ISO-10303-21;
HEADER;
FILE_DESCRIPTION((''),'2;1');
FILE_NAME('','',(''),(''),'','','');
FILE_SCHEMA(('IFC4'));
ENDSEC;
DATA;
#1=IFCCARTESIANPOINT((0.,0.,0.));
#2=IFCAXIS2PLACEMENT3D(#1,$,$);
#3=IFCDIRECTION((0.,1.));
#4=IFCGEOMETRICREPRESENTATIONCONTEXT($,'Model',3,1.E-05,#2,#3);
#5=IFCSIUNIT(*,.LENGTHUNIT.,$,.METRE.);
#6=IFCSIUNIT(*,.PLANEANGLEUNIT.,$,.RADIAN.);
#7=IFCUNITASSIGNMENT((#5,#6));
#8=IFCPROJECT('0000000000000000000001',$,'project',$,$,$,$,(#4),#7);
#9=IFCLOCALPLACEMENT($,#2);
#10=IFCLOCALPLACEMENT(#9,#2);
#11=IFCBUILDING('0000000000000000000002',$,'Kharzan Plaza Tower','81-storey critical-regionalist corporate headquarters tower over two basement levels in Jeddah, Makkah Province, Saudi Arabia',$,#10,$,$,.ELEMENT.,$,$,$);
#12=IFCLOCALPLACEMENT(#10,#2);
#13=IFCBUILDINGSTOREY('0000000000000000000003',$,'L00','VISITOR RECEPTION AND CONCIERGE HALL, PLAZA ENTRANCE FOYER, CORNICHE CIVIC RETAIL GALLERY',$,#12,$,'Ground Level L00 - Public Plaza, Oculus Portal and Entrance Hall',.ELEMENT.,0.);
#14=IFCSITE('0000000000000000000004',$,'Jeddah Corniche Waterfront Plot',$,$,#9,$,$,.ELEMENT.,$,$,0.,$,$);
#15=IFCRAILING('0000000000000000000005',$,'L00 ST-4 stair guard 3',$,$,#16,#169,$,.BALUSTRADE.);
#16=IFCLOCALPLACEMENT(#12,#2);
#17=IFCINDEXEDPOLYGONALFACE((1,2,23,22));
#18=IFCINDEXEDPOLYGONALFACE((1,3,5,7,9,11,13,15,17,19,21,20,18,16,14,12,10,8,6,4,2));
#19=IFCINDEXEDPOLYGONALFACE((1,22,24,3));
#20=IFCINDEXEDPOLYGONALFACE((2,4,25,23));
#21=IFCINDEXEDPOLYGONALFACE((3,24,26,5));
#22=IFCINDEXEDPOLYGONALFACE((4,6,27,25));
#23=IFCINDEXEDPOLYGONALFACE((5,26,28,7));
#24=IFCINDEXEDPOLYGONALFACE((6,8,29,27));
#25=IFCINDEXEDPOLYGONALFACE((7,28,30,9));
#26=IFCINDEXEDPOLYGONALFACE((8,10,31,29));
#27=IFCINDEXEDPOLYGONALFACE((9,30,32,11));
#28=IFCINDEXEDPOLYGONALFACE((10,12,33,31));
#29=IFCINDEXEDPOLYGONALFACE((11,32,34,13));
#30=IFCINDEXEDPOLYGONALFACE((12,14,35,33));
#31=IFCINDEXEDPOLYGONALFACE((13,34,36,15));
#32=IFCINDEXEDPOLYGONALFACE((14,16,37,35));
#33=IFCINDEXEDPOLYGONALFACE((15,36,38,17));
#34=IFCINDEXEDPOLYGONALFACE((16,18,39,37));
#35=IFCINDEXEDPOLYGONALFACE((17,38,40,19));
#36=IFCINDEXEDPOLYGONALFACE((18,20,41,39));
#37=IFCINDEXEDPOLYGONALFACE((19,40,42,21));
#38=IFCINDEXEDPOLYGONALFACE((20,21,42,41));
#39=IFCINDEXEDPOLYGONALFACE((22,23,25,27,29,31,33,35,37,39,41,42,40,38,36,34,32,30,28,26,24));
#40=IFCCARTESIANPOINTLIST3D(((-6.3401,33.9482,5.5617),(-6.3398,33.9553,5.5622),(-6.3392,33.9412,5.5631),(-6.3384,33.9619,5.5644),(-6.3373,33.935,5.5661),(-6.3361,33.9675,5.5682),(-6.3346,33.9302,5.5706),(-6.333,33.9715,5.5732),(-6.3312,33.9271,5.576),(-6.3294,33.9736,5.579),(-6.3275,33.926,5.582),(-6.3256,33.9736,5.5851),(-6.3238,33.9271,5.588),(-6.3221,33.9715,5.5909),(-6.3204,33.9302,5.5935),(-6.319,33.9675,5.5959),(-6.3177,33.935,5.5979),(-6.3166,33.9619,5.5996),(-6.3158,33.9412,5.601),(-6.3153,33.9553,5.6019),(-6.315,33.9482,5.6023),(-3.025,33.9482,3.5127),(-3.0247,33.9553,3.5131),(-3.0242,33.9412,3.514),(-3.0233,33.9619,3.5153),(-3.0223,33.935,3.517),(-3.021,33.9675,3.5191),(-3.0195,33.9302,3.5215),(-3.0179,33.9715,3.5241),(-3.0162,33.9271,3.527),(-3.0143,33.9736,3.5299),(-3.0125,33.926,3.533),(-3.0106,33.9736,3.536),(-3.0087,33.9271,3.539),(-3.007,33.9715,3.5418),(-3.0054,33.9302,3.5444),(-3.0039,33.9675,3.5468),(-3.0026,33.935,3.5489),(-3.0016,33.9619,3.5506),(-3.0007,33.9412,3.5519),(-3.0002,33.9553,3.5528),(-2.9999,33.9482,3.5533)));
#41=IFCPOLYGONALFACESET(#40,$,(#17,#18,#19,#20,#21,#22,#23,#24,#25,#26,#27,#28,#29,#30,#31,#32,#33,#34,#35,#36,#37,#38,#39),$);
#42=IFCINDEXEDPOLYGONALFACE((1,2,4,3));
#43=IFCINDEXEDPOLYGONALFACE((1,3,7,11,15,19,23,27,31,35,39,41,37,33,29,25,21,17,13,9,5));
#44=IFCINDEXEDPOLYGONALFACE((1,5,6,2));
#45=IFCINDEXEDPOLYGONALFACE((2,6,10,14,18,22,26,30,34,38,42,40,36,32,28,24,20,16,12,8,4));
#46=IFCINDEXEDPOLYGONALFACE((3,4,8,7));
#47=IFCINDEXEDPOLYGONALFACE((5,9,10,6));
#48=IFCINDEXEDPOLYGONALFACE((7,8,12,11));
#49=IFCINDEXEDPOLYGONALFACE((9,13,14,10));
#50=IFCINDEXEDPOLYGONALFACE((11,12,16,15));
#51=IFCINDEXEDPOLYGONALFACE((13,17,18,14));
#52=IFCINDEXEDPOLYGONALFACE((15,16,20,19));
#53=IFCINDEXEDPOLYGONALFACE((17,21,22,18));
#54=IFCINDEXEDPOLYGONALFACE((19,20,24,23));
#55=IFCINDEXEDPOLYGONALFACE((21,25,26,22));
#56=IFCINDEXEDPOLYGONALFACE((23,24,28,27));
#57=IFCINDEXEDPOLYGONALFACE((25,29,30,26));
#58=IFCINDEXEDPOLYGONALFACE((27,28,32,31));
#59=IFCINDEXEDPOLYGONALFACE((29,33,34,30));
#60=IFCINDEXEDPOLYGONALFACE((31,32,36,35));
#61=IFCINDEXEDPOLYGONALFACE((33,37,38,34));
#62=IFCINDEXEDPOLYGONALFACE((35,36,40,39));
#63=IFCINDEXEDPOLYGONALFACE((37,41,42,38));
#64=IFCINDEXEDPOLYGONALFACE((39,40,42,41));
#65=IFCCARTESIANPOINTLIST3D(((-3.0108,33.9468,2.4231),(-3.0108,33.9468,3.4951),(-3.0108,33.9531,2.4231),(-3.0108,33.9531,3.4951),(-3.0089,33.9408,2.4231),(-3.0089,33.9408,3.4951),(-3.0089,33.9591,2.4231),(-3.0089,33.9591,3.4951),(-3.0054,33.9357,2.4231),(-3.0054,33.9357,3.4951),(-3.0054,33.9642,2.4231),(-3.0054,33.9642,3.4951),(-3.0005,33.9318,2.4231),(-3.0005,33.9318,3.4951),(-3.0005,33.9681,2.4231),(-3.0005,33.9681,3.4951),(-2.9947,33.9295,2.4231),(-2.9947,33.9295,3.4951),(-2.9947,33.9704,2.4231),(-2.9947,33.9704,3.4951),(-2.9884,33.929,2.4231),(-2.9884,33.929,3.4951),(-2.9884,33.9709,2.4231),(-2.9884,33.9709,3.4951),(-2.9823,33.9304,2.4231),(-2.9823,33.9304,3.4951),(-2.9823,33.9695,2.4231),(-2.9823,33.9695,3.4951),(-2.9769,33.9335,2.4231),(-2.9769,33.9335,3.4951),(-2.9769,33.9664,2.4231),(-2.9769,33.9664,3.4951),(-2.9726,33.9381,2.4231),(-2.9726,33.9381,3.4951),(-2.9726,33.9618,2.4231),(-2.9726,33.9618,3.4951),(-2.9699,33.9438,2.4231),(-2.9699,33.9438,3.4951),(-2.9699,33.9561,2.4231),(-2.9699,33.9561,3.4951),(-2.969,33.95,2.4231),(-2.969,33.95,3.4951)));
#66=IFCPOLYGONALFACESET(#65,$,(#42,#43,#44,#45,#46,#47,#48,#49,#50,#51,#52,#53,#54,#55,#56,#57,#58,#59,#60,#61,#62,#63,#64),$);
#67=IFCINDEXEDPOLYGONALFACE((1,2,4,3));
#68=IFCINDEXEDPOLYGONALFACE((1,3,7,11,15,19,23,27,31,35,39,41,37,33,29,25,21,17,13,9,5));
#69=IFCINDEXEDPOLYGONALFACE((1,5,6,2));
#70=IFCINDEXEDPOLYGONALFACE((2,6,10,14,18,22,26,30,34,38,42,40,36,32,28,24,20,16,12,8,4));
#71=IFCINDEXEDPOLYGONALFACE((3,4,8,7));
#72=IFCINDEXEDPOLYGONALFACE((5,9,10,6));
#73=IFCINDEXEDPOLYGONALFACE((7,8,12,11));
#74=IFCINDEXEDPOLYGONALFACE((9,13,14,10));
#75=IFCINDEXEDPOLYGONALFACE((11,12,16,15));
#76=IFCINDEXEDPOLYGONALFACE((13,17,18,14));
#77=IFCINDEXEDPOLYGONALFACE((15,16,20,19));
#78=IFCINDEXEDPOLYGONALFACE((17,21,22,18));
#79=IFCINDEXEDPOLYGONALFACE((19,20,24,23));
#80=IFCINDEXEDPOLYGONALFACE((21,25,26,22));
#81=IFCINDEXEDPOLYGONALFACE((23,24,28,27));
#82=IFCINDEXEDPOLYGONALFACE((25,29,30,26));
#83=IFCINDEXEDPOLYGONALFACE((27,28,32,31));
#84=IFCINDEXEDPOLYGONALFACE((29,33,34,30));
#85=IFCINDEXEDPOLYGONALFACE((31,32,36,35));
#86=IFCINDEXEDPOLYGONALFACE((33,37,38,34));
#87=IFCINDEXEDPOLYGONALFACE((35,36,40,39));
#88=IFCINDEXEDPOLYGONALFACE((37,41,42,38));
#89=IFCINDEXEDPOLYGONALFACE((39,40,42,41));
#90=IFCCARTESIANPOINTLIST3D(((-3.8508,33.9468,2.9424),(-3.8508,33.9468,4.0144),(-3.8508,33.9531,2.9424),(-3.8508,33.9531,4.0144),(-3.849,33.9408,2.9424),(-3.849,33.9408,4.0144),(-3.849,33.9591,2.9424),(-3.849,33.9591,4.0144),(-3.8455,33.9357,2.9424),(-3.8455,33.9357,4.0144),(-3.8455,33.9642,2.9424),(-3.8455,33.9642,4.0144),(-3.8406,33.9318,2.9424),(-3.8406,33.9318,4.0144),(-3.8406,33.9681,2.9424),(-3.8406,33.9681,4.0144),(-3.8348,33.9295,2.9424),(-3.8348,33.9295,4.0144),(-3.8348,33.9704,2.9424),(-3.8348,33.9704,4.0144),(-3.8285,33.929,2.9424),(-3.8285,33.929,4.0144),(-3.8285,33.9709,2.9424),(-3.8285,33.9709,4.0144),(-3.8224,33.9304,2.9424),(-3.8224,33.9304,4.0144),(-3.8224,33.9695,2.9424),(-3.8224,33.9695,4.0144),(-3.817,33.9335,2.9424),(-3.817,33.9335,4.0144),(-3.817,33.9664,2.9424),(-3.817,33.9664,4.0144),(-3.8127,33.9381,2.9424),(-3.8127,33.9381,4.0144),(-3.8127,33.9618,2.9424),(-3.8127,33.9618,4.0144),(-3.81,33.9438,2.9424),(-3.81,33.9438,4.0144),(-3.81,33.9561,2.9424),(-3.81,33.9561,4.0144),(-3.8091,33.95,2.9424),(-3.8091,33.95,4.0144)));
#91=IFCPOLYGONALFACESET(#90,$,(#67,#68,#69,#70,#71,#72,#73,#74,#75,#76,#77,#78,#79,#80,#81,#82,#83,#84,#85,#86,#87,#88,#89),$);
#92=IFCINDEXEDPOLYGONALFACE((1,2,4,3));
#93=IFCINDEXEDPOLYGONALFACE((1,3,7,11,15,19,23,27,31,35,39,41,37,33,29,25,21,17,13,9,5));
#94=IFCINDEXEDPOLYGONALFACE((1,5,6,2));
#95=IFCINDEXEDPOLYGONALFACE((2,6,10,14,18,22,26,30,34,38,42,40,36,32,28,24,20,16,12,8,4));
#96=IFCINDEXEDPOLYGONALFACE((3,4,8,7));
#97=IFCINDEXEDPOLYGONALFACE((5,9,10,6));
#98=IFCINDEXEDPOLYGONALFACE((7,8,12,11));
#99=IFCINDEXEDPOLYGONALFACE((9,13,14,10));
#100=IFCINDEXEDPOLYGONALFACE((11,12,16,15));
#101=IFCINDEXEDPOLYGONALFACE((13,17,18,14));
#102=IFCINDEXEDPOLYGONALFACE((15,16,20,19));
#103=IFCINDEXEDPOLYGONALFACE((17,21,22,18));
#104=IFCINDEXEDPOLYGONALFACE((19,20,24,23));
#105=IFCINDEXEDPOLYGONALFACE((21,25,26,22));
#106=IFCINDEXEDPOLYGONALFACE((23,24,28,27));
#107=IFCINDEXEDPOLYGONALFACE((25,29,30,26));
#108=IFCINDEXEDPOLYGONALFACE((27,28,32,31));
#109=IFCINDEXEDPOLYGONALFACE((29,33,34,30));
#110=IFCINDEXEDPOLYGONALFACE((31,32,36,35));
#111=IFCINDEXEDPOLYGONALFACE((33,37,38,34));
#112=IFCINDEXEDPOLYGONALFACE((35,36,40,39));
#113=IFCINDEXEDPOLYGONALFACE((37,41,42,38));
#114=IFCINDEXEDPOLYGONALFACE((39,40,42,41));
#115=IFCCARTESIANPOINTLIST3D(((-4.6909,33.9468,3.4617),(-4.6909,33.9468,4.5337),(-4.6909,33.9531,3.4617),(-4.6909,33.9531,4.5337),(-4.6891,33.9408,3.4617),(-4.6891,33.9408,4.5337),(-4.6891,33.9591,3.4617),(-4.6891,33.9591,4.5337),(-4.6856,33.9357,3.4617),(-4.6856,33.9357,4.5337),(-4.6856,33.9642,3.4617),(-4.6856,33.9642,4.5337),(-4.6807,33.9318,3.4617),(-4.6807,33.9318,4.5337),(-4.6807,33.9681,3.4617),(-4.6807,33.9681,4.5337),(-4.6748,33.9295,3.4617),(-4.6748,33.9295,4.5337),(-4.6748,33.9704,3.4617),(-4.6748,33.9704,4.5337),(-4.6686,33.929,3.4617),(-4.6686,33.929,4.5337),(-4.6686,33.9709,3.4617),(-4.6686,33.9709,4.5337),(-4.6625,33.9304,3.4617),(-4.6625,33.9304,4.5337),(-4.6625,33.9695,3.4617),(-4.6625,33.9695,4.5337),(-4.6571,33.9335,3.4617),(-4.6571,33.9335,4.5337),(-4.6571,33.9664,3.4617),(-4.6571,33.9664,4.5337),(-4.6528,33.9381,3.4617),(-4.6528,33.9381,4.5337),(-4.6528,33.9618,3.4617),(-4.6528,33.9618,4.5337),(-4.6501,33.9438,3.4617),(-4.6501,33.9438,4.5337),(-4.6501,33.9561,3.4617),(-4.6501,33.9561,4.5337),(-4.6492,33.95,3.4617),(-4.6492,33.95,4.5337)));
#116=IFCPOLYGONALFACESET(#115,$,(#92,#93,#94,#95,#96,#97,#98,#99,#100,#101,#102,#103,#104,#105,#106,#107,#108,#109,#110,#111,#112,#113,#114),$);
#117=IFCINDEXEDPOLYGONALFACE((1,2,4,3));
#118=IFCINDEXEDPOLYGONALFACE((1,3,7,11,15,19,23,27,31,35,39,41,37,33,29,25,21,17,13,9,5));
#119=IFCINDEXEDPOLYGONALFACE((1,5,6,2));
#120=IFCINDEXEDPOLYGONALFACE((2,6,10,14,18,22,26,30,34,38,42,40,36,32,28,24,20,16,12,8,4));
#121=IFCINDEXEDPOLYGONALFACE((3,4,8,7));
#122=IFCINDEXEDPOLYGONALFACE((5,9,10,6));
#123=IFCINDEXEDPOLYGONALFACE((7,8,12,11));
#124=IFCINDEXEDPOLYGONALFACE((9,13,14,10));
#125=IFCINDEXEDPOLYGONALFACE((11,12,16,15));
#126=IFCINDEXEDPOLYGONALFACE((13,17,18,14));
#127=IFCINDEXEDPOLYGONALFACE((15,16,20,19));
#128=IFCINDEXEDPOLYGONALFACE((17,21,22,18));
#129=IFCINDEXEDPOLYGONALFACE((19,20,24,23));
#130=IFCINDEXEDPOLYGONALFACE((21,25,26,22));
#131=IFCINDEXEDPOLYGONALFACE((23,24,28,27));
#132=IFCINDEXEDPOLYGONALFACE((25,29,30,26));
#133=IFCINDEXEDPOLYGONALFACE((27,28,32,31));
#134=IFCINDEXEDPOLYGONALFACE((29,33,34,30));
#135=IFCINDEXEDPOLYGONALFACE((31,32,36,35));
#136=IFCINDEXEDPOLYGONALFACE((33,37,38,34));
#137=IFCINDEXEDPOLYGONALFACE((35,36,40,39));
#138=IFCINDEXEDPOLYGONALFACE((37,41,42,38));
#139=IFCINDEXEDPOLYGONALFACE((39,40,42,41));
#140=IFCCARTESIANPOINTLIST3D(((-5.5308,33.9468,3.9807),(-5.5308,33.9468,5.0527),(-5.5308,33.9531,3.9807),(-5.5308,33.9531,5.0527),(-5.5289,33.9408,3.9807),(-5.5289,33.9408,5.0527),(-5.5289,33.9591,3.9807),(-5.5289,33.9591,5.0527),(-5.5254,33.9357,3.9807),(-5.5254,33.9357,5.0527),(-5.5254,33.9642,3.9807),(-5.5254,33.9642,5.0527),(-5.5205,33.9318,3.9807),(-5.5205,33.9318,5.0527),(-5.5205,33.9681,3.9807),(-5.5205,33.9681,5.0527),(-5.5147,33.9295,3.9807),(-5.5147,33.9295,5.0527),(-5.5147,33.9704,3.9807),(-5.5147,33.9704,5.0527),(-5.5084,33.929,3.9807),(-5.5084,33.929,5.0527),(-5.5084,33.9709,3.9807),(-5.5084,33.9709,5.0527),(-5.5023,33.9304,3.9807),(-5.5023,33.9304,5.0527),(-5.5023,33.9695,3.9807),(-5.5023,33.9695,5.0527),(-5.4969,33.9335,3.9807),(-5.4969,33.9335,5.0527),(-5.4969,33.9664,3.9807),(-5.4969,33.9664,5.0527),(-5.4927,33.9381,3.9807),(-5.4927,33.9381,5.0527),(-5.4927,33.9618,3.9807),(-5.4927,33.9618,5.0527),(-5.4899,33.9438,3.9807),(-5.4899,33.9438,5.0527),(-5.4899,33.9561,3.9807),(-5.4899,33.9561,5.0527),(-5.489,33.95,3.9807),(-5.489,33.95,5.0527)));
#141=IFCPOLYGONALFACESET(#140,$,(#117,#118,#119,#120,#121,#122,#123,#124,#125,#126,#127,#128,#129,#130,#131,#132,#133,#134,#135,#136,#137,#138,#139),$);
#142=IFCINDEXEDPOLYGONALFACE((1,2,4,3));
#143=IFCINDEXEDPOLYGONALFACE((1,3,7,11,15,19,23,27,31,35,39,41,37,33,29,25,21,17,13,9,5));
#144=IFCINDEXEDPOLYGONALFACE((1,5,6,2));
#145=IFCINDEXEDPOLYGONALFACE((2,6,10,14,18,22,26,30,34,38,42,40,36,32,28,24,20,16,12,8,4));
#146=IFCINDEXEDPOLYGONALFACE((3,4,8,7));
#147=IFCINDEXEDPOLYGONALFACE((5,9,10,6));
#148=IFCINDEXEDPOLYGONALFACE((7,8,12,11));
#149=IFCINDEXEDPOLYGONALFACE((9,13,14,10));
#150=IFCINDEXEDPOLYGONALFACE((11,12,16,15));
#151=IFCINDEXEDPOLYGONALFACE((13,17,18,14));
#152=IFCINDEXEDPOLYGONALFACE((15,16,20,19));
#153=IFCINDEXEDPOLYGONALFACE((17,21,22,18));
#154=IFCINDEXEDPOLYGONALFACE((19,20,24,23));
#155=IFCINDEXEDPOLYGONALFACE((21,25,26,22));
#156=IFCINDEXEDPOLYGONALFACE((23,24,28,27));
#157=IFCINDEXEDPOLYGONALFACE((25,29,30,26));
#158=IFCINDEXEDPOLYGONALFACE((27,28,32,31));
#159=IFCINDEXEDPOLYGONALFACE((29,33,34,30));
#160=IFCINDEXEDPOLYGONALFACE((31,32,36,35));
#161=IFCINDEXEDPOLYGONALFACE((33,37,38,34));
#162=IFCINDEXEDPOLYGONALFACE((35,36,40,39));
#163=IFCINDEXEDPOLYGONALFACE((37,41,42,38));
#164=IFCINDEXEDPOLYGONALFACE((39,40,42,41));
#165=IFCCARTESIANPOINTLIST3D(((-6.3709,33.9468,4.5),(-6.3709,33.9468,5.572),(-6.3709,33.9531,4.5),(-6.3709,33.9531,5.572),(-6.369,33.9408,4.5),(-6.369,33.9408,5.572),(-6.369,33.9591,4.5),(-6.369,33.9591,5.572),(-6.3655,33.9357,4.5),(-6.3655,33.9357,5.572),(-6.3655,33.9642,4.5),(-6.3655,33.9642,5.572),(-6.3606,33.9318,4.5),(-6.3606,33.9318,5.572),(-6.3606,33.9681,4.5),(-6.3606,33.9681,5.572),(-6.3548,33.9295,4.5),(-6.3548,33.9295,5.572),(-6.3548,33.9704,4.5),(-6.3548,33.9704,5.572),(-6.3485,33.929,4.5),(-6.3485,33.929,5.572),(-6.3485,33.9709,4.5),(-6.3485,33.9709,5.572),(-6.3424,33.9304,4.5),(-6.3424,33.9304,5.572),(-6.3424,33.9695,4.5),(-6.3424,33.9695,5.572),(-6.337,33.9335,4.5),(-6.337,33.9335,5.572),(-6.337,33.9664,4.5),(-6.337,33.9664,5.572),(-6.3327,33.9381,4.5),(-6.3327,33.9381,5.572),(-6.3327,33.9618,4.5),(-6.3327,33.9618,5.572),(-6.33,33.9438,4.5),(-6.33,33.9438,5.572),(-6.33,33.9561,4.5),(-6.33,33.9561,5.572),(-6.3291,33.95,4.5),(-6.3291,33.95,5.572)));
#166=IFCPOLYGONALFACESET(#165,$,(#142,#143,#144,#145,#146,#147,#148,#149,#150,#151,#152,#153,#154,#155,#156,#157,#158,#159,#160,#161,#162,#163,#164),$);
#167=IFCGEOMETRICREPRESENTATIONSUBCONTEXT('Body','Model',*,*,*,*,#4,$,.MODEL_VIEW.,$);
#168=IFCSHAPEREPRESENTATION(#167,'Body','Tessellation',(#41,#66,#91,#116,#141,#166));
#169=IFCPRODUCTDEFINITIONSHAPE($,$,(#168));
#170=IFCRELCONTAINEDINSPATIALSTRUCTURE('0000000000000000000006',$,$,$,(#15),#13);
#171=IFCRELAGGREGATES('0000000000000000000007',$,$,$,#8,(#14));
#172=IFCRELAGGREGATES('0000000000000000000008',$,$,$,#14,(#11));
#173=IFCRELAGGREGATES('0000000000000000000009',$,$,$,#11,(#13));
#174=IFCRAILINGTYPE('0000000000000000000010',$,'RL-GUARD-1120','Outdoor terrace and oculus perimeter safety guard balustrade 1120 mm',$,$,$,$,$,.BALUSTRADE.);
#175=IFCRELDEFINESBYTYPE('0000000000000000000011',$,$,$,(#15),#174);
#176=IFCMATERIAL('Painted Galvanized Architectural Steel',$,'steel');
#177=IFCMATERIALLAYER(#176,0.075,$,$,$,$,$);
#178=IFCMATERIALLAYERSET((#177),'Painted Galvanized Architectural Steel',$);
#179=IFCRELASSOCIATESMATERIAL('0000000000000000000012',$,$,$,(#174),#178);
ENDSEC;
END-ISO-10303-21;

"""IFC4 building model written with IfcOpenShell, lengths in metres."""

from ifc_helpers import new_model, si_unit, direction, frame, origin, origin_2d, place, context, subcontext, project, spatial, circle, extrude, source, transform, mapped, material, layer, layer_set, type_object, element, save


model = new_model("IFC4")

# Units and contexts
model_context = context("Model", 3, precision=1e-05, world=origin(), true_north=direction((0.0, 1.0)))
body_context = subcontext(model_context, "Body", "Model", "MODEL_VIEW")
ifc_project = project(units=[si_unit("LENGTHUNIT", "METRE"), si_unit("PLANEANGLEUNIT", "RADIAN")], contexts=[model_context])

# Site, building, storey
site_placement = place(None, origin())
site = spatial("IfcSite", under=ifc_project, at=site_placement, Name="Jeddah Corniche Waterfront Plot", CompositionType="ELEMENT", RefElevation=0.0)
building_placement = place(site_placement, origin())
building = spatial("IfcBuilding", under=site, at=building_placement, Name="Kharzan Plaza Tower", Description="81-storey critical-regionalist corporate headquarters tower over two basement levels in Jeddah, Makkah Province, Saudi Arabia", CompositionType="ELEMENT")
storey_placement = place(building_placement, origin())
storey = spatial("IfcBuildingStorey", under=building, at=storey_placement, Name="L00", Description="VISITOR RECEPTION AND CONCIERGE HALL, PLAZA ENTRANCE FOYER, CORNICHE CIVIC RETAIL GALLERY", LongName="Ground Level L00 - Public Plaza, Oculus Portal and Entrance Hall", CompositionType="ELEMENT", Elevation=0.0)

# Railing
ifc_material_1 = material(Name="Painted Galvanized Architectural Steel", Category="steel")
ifc_layer_1 = layer(ifc_material_1, 0.075)
ifc_layer_set_1 = layer_set([ifc_layer_1], Name="Painted Galvanized Architectural Steel")
railing_type_1 = type_object("IfcRailingType", Name="RL-GUARD-1120", Description="Outdoor terrace and oculus perimeter safety guard balustrade 1120 mm", PredefinedType="BALUSTRADE", material=ifc_layer_set_1)
shared_shape_1 = source(origin(), body_context, "Body", "SweptSolid", [
    extrude(circle(Radius=0.0239, at=origin_2d()), frame((-0.0225, 0.0, 1.1099), z_axis=(-0.850623, 0.0, 0.525776), x_axis=(0.0, -1.0, 0.0)), (0.0, 0.0, 1.0), 3.8972),
    extrude(circle(Radius=0.021, at=origin_2d()), origin(), (0.0, 0.0, 1.0), 1.072),
    extrude(circle(Radius=0.021, at=origin_2d()), frame((-0.8401, 0.0, 0.5193)), (0.0, 0.0, 1.0), 1.072),
    extrude(circle(Radius=0.021, at=origin_2d()), frame((-1.6802, 0.0, 1.0386)), (0.0, 0.0, 1.0), 1.072),
    extrude(circle(Radius=0.021, at=origin_2d()), frame((-2.52, 0.0, 1.5576)), (0.0, 0.0, 1.0), 1.072),
    extrude(circle(Radius=0.021, at=origin_2d()), frame((-3.3601, 0.0, 2.0769)), (0.0, 0.0, 1.0), 1.072),
])
railing_1_placement = place(storey_placement, frame((-2.99, 33.95, 2.4231)))
element("IfcRailing", 1, at=railing_1_placement, inside=storey, type_object=railing_type_1, Name="L00 ST-4 stair guard 3", PredefinedType="BALUSTRADE", context=body_context, shape_type="MappedRepresentation", body=[
    mapped(shared_shape_1, transform((0.0, 0.0, 0.0), x_axis=(1.0, 0.0, 0.0), y_axis=(0.0, 1.0, 0.0), z_axis=(0.0, 0.0, 1.0))),
])

save(model, "model.ifc")
